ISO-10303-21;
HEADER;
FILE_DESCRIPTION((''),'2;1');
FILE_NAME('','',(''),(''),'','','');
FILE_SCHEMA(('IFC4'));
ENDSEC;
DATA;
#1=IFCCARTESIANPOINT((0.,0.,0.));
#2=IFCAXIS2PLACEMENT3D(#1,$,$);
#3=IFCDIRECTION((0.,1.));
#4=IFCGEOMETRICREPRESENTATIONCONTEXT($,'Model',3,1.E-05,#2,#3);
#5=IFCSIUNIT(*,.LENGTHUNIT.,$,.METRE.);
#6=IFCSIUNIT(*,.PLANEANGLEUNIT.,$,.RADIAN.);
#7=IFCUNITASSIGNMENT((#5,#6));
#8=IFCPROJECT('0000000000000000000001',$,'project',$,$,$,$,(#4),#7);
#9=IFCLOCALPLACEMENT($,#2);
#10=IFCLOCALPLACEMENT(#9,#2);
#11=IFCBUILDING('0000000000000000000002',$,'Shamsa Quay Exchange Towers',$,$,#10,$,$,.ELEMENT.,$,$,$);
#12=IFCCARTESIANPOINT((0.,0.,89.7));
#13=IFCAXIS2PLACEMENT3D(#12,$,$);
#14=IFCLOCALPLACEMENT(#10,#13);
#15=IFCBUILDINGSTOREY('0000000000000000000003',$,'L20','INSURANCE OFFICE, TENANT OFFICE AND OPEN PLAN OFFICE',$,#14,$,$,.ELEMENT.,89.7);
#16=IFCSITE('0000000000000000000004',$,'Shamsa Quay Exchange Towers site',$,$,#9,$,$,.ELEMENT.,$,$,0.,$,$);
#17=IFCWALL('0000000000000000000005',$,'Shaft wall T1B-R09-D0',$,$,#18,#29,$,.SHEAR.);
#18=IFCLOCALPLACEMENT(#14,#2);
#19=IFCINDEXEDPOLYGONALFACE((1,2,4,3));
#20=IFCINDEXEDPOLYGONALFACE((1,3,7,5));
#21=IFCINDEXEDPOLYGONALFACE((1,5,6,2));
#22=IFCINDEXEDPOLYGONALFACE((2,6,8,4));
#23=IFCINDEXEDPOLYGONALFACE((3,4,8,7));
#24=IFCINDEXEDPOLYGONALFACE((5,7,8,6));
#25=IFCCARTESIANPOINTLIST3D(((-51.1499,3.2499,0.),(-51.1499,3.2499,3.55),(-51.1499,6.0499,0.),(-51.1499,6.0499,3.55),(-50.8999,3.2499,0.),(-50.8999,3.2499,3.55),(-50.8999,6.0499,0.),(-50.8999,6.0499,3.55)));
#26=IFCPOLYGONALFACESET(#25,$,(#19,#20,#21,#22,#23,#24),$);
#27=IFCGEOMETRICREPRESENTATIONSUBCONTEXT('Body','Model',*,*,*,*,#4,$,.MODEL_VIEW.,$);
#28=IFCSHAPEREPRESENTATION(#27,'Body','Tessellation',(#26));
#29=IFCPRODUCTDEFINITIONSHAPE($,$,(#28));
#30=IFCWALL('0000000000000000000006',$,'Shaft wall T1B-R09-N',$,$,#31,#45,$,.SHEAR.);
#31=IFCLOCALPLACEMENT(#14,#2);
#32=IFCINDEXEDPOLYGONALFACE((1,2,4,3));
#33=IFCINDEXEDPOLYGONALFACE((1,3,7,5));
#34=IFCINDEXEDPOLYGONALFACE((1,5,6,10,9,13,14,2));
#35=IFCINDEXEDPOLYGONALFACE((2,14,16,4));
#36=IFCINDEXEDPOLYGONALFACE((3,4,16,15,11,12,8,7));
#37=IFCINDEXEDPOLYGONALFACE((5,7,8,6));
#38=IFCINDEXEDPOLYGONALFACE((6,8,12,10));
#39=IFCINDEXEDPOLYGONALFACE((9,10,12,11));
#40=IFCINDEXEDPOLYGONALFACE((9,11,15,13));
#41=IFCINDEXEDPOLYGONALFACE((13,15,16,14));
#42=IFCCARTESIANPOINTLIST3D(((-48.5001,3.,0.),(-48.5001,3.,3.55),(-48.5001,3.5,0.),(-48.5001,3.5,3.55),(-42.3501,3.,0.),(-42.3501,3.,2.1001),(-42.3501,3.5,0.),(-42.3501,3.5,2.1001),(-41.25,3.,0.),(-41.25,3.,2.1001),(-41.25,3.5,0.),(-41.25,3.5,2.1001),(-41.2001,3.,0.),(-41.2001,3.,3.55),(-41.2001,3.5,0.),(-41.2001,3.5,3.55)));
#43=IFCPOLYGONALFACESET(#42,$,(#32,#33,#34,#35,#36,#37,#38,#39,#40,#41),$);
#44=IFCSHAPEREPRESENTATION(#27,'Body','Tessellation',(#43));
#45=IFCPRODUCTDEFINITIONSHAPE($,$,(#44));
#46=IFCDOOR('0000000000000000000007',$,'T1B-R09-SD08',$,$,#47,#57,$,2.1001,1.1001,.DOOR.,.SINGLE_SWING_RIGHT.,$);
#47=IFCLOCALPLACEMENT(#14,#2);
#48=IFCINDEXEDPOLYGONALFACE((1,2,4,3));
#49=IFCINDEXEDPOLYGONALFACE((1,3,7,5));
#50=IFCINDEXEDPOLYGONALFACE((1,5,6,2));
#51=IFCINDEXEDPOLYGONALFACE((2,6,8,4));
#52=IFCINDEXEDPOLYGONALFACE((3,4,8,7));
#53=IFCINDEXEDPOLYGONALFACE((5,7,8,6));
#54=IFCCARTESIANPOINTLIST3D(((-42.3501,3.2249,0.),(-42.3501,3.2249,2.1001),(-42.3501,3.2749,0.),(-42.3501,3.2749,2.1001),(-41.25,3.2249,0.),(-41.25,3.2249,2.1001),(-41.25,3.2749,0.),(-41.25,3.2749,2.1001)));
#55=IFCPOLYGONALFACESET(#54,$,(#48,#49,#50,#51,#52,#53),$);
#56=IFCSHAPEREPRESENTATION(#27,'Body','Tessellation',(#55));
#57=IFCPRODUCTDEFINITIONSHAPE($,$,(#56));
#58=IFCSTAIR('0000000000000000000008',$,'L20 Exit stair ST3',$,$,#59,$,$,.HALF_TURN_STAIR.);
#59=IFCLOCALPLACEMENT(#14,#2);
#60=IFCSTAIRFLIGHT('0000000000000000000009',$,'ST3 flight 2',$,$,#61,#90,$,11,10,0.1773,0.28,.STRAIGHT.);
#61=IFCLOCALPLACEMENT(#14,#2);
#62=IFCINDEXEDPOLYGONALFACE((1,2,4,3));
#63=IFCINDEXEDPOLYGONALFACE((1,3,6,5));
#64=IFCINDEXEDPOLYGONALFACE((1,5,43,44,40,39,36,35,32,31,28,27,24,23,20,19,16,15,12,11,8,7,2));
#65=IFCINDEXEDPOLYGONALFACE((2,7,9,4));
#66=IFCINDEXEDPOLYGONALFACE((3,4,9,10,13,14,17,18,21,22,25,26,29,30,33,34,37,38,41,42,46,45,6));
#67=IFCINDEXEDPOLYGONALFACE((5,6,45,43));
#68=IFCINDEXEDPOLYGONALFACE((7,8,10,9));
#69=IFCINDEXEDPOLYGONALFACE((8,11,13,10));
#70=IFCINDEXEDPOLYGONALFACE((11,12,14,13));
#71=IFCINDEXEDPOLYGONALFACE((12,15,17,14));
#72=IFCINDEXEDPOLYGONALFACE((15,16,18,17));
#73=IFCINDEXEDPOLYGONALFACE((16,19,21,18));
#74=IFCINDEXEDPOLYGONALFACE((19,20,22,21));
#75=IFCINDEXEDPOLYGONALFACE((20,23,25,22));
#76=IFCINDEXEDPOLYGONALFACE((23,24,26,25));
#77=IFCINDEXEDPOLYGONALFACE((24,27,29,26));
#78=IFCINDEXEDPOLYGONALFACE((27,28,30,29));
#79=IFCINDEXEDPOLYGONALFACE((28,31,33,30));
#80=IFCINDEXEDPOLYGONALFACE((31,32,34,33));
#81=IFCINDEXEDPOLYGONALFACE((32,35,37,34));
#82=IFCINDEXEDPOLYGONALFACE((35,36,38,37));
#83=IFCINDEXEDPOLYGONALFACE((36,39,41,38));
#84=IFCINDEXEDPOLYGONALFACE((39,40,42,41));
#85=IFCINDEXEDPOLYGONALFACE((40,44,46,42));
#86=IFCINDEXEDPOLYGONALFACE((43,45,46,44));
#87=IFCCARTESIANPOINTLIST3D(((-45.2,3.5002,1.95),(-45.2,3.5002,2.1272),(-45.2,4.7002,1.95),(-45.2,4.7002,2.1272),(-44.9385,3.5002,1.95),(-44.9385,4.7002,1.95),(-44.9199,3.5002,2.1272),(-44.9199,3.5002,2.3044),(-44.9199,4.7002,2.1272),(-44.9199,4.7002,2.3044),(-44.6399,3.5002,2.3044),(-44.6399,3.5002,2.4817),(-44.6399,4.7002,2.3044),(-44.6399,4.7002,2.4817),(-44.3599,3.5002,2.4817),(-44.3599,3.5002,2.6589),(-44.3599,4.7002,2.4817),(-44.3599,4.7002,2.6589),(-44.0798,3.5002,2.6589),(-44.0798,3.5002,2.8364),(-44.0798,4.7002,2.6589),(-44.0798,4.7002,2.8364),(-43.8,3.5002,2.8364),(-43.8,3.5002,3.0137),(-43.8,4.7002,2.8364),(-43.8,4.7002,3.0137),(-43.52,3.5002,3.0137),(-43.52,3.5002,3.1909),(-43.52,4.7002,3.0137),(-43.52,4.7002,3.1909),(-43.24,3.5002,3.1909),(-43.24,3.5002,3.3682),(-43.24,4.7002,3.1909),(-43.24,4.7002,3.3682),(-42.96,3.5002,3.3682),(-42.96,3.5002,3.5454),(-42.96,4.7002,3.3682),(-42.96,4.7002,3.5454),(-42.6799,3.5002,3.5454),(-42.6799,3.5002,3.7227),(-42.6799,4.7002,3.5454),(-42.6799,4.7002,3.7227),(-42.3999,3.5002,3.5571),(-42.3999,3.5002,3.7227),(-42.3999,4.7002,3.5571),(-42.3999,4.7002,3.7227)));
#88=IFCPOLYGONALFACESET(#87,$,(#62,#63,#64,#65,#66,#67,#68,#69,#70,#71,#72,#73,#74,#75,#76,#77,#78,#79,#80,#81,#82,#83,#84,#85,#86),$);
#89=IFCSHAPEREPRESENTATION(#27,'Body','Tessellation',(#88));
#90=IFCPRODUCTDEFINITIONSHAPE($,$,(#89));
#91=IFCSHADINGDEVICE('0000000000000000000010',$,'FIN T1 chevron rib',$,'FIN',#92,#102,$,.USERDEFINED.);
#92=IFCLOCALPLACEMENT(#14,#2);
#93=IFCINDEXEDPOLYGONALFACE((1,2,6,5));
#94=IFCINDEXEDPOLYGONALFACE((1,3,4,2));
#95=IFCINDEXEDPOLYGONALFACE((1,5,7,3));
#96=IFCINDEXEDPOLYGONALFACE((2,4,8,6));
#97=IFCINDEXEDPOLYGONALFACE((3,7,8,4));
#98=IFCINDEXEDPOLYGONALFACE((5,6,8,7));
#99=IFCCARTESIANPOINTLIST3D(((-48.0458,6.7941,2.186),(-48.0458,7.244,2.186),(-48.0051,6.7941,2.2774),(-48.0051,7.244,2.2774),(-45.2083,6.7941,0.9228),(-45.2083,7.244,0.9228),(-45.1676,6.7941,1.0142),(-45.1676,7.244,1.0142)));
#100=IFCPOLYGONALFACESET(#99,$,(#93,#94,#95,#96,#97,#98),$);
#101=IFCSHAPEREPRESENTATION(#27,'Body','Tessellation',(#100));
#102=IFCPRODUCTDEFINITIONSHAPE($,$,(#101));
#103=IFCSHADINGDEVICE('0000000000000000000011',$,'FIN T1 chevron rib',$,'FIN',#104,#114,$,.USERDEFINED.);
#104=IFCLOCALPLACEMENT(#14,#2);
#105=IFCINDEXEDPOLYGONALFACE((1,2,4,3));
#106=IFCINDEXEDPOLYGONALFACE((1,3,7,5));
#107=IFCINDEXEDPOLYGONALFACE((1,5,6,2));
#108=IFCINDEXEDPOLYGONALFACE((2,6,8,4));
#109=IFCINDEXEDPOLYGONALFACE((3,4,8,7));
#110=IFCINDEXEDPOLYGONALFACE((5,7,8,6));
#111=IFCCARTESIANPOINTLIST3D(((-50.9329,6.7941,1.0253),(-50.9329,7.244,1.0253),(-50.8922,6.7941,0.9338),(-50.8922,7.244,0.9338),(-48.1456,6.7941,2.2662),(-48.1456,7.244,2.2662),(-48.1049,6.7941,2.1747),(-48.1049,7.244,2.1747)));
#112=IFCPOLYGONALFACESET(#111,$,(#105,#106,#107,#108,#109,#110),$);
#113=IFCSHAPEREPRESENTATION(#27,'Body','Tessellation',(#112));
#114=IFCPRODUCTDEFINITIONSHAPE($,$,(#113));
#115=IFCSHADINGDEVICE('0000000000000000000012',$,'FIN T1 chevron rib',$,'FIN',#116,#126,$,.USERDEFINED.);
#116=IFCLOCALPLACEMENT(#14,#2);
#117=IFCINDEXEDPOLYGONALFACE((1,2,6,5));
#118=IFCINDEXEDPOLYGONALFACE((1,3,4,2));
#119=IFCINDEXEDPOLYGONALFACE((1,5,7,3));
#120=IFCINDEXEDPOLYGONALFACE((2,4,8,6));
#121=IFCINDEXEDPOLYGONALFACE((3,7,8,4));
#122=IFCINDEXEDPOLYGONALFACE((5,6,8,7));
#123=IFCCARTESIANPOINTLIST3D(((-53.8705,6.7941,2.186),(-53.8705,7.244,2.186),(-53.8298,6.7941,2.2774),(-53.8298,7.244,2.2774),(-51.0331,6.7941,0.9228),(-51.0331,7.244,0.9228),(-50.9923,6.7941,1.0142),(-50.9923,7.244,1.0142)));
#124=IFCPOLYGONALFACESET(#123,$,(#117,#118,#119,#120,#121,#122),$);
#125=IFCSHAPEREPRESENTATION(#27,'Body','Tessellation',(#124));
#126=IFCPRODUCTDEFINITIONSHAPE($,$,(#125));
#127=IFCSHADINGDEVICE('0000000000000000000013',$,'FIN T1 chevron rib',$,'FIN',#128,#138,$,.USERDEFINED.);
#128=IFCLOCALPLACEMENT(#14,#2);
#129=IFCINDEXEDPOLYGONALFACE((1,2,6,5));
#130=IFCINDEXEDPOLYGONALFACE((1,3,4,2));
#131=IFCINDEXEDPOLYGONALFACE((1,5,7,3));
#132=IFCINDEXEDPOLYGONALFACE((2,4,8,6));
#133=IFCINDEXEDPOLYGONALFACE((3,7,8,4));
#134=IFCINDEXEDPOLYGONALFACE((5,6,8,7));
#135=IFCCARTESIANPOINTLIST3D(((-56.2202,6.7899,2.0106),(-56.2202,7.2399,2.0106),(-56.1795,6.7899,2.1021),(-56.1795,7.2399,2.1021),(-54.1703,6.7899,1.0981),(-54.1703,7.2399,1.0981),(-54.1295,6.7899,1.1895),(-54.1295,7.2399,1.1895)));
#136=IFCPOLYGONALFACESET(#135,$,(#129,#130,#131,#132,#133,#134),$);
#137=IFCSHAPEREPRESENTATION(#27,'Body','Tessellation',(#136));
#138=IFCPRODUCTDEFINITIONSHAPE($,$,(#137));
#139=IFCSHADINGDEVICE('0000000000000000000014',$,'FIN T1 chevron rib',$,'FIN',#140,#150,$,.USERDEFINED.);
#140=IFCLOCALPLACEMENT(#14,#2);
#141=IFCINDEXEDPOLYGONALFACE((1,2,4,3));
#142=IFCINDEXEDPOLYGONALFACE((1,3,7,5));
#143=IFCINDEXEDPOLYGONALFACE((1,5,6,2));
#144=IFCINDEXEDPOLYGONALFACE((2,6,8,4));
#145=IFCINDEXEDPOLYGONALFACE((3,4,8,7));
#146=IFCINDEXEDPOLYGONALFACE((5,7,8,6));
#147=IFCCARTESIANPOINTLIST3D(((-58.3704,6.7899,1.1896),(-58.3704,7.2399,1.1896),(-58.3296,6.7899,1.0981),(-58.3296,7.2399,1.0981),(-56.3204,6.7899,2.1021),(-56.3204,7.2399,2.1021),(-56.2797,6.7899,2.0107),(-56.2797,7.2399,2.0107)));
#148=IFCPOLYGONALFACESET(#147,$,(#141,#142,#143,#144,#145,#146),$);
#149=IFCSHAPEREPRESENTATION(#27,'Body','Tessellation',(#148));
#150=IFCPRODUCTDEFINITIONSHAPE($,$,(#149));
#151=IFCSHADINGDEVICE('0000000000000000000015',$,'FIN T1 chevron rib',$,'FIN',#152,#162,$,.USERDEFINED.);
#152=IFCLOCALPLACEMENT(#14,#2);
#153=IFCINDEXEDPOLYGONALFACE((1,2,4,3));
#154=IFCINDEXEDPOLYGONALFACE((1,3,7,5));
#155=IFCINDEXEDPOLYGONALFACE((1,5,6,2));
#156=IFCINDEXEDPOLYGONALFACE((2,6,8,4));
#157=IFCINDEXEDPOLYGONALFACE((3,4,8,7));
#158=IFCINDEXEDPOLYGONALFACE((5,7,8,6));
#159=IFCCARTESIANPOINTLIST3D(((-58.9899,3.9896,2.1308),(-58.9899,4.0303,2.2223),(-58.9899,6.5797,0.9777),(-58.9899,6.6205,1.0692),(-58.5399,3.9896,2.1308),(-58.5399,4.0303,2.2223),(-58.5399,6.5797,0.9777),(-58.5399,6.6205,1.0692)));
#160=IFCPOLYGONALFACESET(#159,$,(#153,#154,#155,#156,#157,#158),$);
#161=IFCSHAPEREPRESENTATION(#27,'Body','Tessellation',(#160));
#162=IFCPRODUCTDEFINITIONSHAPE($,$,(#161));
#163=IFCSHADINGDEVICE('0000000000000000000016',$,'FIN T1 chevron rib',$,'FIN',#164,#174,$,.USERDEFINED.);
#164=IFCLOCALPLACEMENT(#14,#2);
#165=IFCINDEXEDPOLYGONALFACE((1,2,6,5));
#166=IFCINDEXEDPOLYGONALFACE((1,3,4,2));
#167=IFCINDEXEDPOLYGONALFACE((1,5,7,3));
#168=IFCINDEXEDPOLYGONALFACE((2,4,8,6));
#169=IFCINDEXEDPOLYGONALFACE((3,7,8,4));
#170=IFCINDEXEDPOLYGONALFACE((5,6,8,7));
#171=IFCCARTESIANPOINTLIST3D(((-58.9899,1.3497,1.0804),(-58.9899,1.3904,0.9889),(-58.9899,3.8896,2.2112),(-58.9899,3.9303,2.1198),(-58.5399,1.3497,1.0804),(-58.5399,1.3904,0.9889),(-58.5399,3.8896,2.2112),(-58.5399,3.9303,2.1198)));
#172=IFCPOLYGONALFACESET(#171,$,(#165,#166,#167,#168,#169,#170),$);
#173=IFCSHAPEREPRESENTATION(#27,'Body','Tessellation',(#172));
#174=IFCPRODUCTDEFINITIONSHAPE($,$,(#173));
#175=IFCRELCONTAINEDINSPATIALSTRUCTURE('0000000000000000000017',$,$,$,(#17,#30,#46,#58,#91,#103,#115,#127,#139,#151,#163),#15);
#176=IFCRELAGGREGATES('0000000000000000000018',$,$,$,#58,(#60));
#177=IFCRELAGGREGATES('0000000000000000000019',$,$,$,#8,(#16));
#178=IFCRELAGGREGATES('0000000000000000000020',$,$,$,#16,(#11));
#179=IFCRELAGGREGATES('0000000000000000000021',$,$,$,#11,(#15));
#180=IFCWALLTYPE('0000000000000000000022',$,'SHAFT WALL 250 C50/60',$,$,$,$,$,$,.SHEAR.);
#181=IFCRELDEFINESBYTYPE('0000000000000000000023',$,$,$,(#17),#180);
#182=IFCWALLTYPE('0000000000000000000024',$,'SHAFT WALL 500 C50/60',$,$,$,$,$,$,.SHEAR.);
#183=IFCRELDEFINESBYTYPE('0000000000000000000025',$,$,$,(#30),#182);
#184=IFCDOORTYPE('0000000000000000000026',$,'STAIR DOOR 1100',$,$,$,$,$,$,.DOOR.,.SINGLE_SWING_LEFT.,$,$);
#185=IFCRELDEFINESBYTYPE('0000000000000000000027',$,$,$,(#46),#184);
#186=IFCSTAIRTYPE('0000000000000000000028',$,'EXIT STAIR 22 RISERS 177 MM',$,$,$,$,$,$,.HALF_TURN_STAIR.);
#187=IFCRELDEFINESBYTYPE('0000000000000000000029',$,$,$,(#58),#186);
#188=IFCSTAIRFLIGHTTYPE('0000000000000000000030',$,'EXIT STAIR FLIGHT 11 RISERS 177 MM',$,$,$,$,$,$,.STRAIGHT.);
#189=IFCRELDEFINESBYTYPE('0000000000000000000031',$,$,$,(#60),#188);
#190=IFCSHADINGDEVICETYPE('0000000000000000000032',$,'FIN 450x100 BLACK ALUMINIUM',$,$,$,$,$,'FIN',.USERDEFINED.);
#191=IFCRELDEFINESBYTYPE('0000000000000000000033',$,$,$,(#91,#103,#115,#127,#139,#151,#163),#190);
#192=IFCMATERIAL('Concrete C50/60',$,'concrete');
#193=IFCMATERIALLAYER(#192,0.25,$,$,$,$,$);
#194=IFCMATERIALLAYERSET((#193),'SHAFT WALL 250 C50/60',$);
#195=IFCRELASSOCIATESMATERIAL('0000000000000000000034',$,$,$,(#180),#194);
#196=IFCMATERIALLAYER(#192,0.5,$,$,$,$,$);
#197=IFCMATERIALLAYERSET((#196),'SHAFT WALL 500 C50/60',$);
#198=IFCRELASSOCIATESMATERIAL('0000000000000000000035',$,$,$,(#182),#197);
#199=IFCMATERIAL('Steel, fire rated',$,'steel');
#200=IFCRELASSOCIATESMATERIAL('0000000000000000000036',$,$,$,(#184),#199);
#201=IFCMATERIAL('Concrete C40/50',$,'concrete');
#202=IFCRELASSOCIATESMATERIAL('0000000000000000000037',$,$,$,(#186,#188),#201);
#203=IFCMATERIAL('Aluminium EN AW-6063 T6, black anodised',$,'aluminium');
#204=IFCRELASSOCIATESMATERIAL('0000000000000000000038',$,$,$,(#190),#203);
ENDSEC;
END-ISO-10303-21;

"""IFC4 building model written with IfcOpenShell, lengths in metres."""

from ifc_helpers import new_model, si_unit, direction, frame, frame_2d, origin, origin_2d, place, context, subcontext, project, spatial, polyline, rectangle, outline, extrude, material, layer, layer_set, material_profile, profile_set, type_object, element, fill, aggregate, save


model = new_model("IFC4")

# Units and contexts
model_context = context("Model", 3, precision=1e-05, world=origin(), true_north=direction((0.0, 1.0)))
body_context = subcontext(model_context, "Body", "Model", "MODEL_VIEW")
ifc_project = project(units=[si_unit("LENGTHUNIT", "METRE"), si_unit("PLANEANGLEUNIT", "RADIAN")], contexts=[model_context])

# Site, building, storey
site_placement = place(None, origin())
site = spatial("IfcSite", under=ifc_project, at=site_placement, Name="Shamsa Quay Exchange Towers site", CompositionType="ELEMENT", RefElevation=0.0)
building_placement = place(site_placement, origin())
building = spatial("IfcBuilding", under=site, at=building_placement, Name="Shamsa Quay Exchange Towers", CompositionType="ELEMENT")
storey_placement = place(building_placement, frame((0.0, 0.0, 89.7)))
storey = spatial("IfcBuildingStorey", under=building, at=storey_placement, Name="L20", Description="INSURANCE OFFICE, TENANT OFFICE AND OPEN PLAN OFFICE", CompositionType="ELEMENT", Elevation=89.7)

# Shared definitions
ifc_material_1 = material(Name="Aluminium EN AW-6063 T6, black anodised", Category="aluminium")

# Shared definitions
ifc_material_2 = material(Name="Concrete C50/60", Category="concrete")
ifc_layer_1 = layer(ifc_material_2, 0.25)
ifc_layer_set_1 = layer_set([ifc_layer_1], Name="SHAFT WALL 250 C50/60")
wall_type_1 = type_object("IfcWallType", Name="SHAFT WALL 250 C50/60", PredefinedType="SHEAR", material=ifc_layer_set_1)
ifc_material_3 = material(Name="Steel, fire rated", Category="steel")

# Wall
for number, where, z_axis, x_axis, name in (
    (1, (-51.0249, 3.25, 0.0), (0.0, 0.0, 1.0), (0.0, 1.0, 0.0), "Shaft wall T1B-R09-D0"),
):
    element("IfcWall", number, at=place(storey_placement, frame(where, z_axis=z_axis, x_axis=x_axis)), inside=storey, type_object=wall_type_1, Name=name, PredefinedType="SHEAR", context=body_context, shape_type="SweptSolid", body=[
        extrude(rectangle(XDim=2.8, YDim=0.25, at=frame_2d((1.3999, 0.0))), origin(), (0.0, 0.0, 1.0), 3.55),
    ])

# Wall, opening, door
ifc_layer_2 = layer(ifc_material_2, 0.5)
ifc_layer_set_2 = layer_set([ifc_layer_2], Name="SHAFT WALL 500 C50/60")
wall_type_2 = type_object("IfcWallType", Name="SHAFT WALL 500 C50/60", PredefinedType="SHEAR", material=ifc_layer_set_2)
wall_1_placement = place(storey_placement, frame((-48.5, 3.25, 0.0)))
wall_1 = element("IfcWall", 2, at=wall_1_placement, inside=storey, type_object=wall_type_2, Name="Shaft wall T1B-R09-N", PredefinedType="SHEAR", context=body_context, shape_type="SweptSolid", body=[
    extrude(rectangle(XDim=7.3, YDim=0.5, at=frame_2d((3.6499, 0.0))), origin(), (0.0, 0.0, 1.0), 3.55),
])
opening_1_placement = place(wall_1_placement, frame((6.1499, 0.0, 0.0)))
opening_1 = element("IfcOpeningElement", 3, at=opening_1_placement, cuts=wall_1, PredefinedType="OPENING", context=body_context, shape_type="SweptSolid", body=[
    extrude(rectangle(XDim=1.1001, YDim=2.1001, at=frame_2d((0.55, 1.05))), frame((0.0, 0.26, 0.0), z_axis=(0.0, -1.0, 0.0), x_axis=(1.0, 0.0, 0.0)), (0.0, 0.0, 1.0), 0.52),
])
door_type_1 = type_object("IfcDoorType", Name="STAIR DOOR 1100", OperationType="SINGLE_SWING_LEFT", PredefinedType="DOOR", material=ifc_material_3)
door_1_placement = place(opening_1_placement, origin())
door_1 = element("IfcDoor", 4, at=door_1_placement, inside=storey, type_object=door_type_1, Name="T1B-R09-SD08", OperationType="SINGLE_SWING_RIGHT", OverallHeight=2.1001, OverallWidth=1.1001, PredefinedType="DOOR", context=body_context, shape_type="SweptSolid", body=[
    extrude(rectangle(XDim=1.1001, YDim=2.1001, at=frame_2d((0.55, 1.05))), frame((0.0, 0.0249, 0.0), z_axis=(0.0, -1.0, 0.0), x_axis=(1.0, 0.0, 0.0)), (0.0, 0.0, 1.0), 0.05),
])
fill(opening_1, door_1)

# Stair, stair flight
ifc_material_4 = material(Name="Concrete C40/50", Category="concrete")
stair_type = type_object("IfcStairType", Name="EXIT STAIR 22 RISERS 177 MM", PredefinedType="HALF_TURN_STAIR", material=ifc_material_4)
stair_placement = place(storey_placement, origin())
stair = element("IfcStair", 5, at=stair_placement, inside=storey, type_object=stair_type, Name="L20 Exit stair ST3", PredefinedType="HALF_TURN_STAIR")
stair_flight_type = type_object("IfcStairFlightType", Name="EXIT STAIR FLIGHT 11 RISERS 177 MM", PredefinedType="STRAIGHT", material=ifc_material_4)
stair_flight_placement = place(storey_placement, frame((-45.2, 4.1001, 1.95)))
stair_flight = element("IfcStairFlight", 6, at=stair_flight_placement, type_object=stair_flight_type, Name="ST3 flight 2", NumberOfRisers=11, NumberOfTreads=10, PredefinedType="STRAIGHT", RiserHeight=0.1773, TreadLength=0.28, context=body_context, shape_type="SweptSolid", body=[
    extrude(outline(polyline([(0.0, 0.0), (0.0, 0.1772), (0.28, 0.1772), (0.28, 0.3545), (0.5601, 0.3545), (0.5601, 0.5317), (0.8401, 0.5317), (0.8401, 0.709), (1.1201, 0.709), (1.1201, 0.8865), (1.3999, 0.8865), (1.3999, 1.0637), (1.6799, 1.0637), (1.6799, 1.241), (1.96, 1.241), (1.96, 1.4182), (2.24, 1.4182), (2.24, 1.5955), (2.52, 1.5955), (2.52, 1.7727), (2.8, 1.7727), (2.8, 1.95), (2.8, 1.6072), (0.2615, 0.0), (0.0, 0.0)])), frame((0.0, 0.6001, 0.0), z_axis=(0.0, -1.0, 0.0), x_axis=(1.0, 0.0, 0.0)), (0.0, 0.0, 1.0), 1.2),
])
aggregate(stair, [stair_flight])

# Shading devices
ifc_material_profile_1 = material_profile(ifc_material_1, rectangle(XDim=0.45, YDim=0.1001, at=origin_2d()), Name="FIN450x100")
ifc_profile_set_1 = profile_set([ifc_material_profile_1], Name="Aluminium EN AW-6063 T6, black anodised")
shading_device_type = type_object("IfcShadingDeviceType", Name="FIN 450x100 BLACK ALUMINIUM", ElementType="FIN", PredefinedType="USERDEFINED", material=ifc_profile_set_1)
shading_device_1_placement = place(storey_placement, frame((-45.188, 7.019, 0.9685), z_axis=(-0.913559, 0.0, 0.406707), x_axis=(0.0, -1.0, 0.0)))
element("IfcShadingDevice", 7, at=shading_device_1_placement, inside=storey, type_object=shading_device_type, Name="FIN T1 chevron rib", ObjectType="FIN", PredefinedType="USERDEFINED", context=body_context, shape_type="SweptSolid", body=[
    extrude(rectangle(XDim=0.45, YDim=0.1001, at=origin_2d()), origin(), (0.0, 0.0, 1.0), 3.106),
])
shading_device_2_placement = place(storey_placement, frame((-48.1252, 7.019, 2.2205), z_axis=(-0.913551, 0.0, -0.406725), x_axis=(0.0, -1.0, 0.0)))
element("IfcShadingDevice", 8, at=shading_device_2_placement, inside=storey, type_object=shading_device_type, Name="FIN T1 chevron rib", ObjectType="FIN", PredefinedType="USERDEFINED", context=body_context, shape_type="SweptSolid", body=[
    extrude(rectangle(XDim=0.45, YDim=0.1001, at=origin_2d()), origin(), (0.0, 0.0, 1.0), 3.051),
])
shading_device_3_placement = place(storey_placement, frame((-51.0127, 7.019, 0.9685), z_axis=(-0.913559, 0.0, 0.406707), x_axis=(0.0, -1.0, 0.0)))
element("IfcShadingDevice", 9, at=shading_device_3_placement, inside=storey, type_object=shading_device_type, Name="FIN T1 chevron rib", ObjectType="FIN", PredefinedType="USERDEFINED", context=body_context, shape_type="SweptSolid", body=[
    extrude(rectangle(XDim=0.45, YDim=0.1001, at=origin_2d()), origin(), (0.0, 0.0, 1.0), 3.106),
])
for number, where, z_axis, x_axis, name in (
    (10, (-54.1499, 7.0149, 1.1438), (-0.913569, 0.0, 0.406684), (0.0, -1.0, 0.0), "FIN T1 chevron rib"),
    (11, (-56.3, 7.0149, 2.0564), (-0.913569, 0.0, -0.406684), (0.0, -1.0, 0.0), "FIN T1 chevron rib"),
):
    element("IfcShadingDevice", number, at=place(storey_placement, frame(where, z_axis=z_axis, x_axis=x_axis)), inside=storey, type_object=shading_device_type, Name=name, ObjectType="FIN", PredefinedType="USERDEFINED", context=body_context, shape_type="SweptSolid", body=[
        extrude(rectangle(XDim=0.45, YDim=0.1001, at=origin_2d()), origin(), (0.0, 0.0, 1.0), 2.2439),
    ])
shading_device_4_placement = place(storey_placement, frame((-58.7649, 6.6001, 1.0234), z_axis=(0.0, -0.913559, 0.406706), x_axis=(1.0, 0.0, 0.0)))
element("IfcShadingDevice", 12, at=shading_device_4_placement, inside=storey, type_object=shading_device_type, Name="FIN T1 chevron rib", ObjectType="FIN", PredefinedType="USERDEFINED", context=body_context, shape_type="SweptSolid", body=[
    extrude(rectangle(XDim=0.45, YDim=0.1001, at=origin_2d()), origin(), (0.0, 0.0, 1.0), 2.8352),
])
shading_device_5_placement = place(storey_placement, frame((-58.7649, 3.9099, 2.1655), z_axis=(0.0, -0.913536, -0.406758), x_axis=(1.0, 0.0, 0.0)))
element("IfcShadingDevice", 13, at=shading_device_5_placement, inside=storey, type_object=shading_device_type, Name="FIN T1 chevron rib", ObjectType="FIN", PredefinedType="USERDEFINED", context=body_context, shape_type="SweptSolid", body=[
    extrude(rectangle(XDim=0.45, YDim=0.1001, at=origin_2d()), origin(), (0.0, 0.0, 1.0), 2.7803),
])

save(model, "model.ifc")
